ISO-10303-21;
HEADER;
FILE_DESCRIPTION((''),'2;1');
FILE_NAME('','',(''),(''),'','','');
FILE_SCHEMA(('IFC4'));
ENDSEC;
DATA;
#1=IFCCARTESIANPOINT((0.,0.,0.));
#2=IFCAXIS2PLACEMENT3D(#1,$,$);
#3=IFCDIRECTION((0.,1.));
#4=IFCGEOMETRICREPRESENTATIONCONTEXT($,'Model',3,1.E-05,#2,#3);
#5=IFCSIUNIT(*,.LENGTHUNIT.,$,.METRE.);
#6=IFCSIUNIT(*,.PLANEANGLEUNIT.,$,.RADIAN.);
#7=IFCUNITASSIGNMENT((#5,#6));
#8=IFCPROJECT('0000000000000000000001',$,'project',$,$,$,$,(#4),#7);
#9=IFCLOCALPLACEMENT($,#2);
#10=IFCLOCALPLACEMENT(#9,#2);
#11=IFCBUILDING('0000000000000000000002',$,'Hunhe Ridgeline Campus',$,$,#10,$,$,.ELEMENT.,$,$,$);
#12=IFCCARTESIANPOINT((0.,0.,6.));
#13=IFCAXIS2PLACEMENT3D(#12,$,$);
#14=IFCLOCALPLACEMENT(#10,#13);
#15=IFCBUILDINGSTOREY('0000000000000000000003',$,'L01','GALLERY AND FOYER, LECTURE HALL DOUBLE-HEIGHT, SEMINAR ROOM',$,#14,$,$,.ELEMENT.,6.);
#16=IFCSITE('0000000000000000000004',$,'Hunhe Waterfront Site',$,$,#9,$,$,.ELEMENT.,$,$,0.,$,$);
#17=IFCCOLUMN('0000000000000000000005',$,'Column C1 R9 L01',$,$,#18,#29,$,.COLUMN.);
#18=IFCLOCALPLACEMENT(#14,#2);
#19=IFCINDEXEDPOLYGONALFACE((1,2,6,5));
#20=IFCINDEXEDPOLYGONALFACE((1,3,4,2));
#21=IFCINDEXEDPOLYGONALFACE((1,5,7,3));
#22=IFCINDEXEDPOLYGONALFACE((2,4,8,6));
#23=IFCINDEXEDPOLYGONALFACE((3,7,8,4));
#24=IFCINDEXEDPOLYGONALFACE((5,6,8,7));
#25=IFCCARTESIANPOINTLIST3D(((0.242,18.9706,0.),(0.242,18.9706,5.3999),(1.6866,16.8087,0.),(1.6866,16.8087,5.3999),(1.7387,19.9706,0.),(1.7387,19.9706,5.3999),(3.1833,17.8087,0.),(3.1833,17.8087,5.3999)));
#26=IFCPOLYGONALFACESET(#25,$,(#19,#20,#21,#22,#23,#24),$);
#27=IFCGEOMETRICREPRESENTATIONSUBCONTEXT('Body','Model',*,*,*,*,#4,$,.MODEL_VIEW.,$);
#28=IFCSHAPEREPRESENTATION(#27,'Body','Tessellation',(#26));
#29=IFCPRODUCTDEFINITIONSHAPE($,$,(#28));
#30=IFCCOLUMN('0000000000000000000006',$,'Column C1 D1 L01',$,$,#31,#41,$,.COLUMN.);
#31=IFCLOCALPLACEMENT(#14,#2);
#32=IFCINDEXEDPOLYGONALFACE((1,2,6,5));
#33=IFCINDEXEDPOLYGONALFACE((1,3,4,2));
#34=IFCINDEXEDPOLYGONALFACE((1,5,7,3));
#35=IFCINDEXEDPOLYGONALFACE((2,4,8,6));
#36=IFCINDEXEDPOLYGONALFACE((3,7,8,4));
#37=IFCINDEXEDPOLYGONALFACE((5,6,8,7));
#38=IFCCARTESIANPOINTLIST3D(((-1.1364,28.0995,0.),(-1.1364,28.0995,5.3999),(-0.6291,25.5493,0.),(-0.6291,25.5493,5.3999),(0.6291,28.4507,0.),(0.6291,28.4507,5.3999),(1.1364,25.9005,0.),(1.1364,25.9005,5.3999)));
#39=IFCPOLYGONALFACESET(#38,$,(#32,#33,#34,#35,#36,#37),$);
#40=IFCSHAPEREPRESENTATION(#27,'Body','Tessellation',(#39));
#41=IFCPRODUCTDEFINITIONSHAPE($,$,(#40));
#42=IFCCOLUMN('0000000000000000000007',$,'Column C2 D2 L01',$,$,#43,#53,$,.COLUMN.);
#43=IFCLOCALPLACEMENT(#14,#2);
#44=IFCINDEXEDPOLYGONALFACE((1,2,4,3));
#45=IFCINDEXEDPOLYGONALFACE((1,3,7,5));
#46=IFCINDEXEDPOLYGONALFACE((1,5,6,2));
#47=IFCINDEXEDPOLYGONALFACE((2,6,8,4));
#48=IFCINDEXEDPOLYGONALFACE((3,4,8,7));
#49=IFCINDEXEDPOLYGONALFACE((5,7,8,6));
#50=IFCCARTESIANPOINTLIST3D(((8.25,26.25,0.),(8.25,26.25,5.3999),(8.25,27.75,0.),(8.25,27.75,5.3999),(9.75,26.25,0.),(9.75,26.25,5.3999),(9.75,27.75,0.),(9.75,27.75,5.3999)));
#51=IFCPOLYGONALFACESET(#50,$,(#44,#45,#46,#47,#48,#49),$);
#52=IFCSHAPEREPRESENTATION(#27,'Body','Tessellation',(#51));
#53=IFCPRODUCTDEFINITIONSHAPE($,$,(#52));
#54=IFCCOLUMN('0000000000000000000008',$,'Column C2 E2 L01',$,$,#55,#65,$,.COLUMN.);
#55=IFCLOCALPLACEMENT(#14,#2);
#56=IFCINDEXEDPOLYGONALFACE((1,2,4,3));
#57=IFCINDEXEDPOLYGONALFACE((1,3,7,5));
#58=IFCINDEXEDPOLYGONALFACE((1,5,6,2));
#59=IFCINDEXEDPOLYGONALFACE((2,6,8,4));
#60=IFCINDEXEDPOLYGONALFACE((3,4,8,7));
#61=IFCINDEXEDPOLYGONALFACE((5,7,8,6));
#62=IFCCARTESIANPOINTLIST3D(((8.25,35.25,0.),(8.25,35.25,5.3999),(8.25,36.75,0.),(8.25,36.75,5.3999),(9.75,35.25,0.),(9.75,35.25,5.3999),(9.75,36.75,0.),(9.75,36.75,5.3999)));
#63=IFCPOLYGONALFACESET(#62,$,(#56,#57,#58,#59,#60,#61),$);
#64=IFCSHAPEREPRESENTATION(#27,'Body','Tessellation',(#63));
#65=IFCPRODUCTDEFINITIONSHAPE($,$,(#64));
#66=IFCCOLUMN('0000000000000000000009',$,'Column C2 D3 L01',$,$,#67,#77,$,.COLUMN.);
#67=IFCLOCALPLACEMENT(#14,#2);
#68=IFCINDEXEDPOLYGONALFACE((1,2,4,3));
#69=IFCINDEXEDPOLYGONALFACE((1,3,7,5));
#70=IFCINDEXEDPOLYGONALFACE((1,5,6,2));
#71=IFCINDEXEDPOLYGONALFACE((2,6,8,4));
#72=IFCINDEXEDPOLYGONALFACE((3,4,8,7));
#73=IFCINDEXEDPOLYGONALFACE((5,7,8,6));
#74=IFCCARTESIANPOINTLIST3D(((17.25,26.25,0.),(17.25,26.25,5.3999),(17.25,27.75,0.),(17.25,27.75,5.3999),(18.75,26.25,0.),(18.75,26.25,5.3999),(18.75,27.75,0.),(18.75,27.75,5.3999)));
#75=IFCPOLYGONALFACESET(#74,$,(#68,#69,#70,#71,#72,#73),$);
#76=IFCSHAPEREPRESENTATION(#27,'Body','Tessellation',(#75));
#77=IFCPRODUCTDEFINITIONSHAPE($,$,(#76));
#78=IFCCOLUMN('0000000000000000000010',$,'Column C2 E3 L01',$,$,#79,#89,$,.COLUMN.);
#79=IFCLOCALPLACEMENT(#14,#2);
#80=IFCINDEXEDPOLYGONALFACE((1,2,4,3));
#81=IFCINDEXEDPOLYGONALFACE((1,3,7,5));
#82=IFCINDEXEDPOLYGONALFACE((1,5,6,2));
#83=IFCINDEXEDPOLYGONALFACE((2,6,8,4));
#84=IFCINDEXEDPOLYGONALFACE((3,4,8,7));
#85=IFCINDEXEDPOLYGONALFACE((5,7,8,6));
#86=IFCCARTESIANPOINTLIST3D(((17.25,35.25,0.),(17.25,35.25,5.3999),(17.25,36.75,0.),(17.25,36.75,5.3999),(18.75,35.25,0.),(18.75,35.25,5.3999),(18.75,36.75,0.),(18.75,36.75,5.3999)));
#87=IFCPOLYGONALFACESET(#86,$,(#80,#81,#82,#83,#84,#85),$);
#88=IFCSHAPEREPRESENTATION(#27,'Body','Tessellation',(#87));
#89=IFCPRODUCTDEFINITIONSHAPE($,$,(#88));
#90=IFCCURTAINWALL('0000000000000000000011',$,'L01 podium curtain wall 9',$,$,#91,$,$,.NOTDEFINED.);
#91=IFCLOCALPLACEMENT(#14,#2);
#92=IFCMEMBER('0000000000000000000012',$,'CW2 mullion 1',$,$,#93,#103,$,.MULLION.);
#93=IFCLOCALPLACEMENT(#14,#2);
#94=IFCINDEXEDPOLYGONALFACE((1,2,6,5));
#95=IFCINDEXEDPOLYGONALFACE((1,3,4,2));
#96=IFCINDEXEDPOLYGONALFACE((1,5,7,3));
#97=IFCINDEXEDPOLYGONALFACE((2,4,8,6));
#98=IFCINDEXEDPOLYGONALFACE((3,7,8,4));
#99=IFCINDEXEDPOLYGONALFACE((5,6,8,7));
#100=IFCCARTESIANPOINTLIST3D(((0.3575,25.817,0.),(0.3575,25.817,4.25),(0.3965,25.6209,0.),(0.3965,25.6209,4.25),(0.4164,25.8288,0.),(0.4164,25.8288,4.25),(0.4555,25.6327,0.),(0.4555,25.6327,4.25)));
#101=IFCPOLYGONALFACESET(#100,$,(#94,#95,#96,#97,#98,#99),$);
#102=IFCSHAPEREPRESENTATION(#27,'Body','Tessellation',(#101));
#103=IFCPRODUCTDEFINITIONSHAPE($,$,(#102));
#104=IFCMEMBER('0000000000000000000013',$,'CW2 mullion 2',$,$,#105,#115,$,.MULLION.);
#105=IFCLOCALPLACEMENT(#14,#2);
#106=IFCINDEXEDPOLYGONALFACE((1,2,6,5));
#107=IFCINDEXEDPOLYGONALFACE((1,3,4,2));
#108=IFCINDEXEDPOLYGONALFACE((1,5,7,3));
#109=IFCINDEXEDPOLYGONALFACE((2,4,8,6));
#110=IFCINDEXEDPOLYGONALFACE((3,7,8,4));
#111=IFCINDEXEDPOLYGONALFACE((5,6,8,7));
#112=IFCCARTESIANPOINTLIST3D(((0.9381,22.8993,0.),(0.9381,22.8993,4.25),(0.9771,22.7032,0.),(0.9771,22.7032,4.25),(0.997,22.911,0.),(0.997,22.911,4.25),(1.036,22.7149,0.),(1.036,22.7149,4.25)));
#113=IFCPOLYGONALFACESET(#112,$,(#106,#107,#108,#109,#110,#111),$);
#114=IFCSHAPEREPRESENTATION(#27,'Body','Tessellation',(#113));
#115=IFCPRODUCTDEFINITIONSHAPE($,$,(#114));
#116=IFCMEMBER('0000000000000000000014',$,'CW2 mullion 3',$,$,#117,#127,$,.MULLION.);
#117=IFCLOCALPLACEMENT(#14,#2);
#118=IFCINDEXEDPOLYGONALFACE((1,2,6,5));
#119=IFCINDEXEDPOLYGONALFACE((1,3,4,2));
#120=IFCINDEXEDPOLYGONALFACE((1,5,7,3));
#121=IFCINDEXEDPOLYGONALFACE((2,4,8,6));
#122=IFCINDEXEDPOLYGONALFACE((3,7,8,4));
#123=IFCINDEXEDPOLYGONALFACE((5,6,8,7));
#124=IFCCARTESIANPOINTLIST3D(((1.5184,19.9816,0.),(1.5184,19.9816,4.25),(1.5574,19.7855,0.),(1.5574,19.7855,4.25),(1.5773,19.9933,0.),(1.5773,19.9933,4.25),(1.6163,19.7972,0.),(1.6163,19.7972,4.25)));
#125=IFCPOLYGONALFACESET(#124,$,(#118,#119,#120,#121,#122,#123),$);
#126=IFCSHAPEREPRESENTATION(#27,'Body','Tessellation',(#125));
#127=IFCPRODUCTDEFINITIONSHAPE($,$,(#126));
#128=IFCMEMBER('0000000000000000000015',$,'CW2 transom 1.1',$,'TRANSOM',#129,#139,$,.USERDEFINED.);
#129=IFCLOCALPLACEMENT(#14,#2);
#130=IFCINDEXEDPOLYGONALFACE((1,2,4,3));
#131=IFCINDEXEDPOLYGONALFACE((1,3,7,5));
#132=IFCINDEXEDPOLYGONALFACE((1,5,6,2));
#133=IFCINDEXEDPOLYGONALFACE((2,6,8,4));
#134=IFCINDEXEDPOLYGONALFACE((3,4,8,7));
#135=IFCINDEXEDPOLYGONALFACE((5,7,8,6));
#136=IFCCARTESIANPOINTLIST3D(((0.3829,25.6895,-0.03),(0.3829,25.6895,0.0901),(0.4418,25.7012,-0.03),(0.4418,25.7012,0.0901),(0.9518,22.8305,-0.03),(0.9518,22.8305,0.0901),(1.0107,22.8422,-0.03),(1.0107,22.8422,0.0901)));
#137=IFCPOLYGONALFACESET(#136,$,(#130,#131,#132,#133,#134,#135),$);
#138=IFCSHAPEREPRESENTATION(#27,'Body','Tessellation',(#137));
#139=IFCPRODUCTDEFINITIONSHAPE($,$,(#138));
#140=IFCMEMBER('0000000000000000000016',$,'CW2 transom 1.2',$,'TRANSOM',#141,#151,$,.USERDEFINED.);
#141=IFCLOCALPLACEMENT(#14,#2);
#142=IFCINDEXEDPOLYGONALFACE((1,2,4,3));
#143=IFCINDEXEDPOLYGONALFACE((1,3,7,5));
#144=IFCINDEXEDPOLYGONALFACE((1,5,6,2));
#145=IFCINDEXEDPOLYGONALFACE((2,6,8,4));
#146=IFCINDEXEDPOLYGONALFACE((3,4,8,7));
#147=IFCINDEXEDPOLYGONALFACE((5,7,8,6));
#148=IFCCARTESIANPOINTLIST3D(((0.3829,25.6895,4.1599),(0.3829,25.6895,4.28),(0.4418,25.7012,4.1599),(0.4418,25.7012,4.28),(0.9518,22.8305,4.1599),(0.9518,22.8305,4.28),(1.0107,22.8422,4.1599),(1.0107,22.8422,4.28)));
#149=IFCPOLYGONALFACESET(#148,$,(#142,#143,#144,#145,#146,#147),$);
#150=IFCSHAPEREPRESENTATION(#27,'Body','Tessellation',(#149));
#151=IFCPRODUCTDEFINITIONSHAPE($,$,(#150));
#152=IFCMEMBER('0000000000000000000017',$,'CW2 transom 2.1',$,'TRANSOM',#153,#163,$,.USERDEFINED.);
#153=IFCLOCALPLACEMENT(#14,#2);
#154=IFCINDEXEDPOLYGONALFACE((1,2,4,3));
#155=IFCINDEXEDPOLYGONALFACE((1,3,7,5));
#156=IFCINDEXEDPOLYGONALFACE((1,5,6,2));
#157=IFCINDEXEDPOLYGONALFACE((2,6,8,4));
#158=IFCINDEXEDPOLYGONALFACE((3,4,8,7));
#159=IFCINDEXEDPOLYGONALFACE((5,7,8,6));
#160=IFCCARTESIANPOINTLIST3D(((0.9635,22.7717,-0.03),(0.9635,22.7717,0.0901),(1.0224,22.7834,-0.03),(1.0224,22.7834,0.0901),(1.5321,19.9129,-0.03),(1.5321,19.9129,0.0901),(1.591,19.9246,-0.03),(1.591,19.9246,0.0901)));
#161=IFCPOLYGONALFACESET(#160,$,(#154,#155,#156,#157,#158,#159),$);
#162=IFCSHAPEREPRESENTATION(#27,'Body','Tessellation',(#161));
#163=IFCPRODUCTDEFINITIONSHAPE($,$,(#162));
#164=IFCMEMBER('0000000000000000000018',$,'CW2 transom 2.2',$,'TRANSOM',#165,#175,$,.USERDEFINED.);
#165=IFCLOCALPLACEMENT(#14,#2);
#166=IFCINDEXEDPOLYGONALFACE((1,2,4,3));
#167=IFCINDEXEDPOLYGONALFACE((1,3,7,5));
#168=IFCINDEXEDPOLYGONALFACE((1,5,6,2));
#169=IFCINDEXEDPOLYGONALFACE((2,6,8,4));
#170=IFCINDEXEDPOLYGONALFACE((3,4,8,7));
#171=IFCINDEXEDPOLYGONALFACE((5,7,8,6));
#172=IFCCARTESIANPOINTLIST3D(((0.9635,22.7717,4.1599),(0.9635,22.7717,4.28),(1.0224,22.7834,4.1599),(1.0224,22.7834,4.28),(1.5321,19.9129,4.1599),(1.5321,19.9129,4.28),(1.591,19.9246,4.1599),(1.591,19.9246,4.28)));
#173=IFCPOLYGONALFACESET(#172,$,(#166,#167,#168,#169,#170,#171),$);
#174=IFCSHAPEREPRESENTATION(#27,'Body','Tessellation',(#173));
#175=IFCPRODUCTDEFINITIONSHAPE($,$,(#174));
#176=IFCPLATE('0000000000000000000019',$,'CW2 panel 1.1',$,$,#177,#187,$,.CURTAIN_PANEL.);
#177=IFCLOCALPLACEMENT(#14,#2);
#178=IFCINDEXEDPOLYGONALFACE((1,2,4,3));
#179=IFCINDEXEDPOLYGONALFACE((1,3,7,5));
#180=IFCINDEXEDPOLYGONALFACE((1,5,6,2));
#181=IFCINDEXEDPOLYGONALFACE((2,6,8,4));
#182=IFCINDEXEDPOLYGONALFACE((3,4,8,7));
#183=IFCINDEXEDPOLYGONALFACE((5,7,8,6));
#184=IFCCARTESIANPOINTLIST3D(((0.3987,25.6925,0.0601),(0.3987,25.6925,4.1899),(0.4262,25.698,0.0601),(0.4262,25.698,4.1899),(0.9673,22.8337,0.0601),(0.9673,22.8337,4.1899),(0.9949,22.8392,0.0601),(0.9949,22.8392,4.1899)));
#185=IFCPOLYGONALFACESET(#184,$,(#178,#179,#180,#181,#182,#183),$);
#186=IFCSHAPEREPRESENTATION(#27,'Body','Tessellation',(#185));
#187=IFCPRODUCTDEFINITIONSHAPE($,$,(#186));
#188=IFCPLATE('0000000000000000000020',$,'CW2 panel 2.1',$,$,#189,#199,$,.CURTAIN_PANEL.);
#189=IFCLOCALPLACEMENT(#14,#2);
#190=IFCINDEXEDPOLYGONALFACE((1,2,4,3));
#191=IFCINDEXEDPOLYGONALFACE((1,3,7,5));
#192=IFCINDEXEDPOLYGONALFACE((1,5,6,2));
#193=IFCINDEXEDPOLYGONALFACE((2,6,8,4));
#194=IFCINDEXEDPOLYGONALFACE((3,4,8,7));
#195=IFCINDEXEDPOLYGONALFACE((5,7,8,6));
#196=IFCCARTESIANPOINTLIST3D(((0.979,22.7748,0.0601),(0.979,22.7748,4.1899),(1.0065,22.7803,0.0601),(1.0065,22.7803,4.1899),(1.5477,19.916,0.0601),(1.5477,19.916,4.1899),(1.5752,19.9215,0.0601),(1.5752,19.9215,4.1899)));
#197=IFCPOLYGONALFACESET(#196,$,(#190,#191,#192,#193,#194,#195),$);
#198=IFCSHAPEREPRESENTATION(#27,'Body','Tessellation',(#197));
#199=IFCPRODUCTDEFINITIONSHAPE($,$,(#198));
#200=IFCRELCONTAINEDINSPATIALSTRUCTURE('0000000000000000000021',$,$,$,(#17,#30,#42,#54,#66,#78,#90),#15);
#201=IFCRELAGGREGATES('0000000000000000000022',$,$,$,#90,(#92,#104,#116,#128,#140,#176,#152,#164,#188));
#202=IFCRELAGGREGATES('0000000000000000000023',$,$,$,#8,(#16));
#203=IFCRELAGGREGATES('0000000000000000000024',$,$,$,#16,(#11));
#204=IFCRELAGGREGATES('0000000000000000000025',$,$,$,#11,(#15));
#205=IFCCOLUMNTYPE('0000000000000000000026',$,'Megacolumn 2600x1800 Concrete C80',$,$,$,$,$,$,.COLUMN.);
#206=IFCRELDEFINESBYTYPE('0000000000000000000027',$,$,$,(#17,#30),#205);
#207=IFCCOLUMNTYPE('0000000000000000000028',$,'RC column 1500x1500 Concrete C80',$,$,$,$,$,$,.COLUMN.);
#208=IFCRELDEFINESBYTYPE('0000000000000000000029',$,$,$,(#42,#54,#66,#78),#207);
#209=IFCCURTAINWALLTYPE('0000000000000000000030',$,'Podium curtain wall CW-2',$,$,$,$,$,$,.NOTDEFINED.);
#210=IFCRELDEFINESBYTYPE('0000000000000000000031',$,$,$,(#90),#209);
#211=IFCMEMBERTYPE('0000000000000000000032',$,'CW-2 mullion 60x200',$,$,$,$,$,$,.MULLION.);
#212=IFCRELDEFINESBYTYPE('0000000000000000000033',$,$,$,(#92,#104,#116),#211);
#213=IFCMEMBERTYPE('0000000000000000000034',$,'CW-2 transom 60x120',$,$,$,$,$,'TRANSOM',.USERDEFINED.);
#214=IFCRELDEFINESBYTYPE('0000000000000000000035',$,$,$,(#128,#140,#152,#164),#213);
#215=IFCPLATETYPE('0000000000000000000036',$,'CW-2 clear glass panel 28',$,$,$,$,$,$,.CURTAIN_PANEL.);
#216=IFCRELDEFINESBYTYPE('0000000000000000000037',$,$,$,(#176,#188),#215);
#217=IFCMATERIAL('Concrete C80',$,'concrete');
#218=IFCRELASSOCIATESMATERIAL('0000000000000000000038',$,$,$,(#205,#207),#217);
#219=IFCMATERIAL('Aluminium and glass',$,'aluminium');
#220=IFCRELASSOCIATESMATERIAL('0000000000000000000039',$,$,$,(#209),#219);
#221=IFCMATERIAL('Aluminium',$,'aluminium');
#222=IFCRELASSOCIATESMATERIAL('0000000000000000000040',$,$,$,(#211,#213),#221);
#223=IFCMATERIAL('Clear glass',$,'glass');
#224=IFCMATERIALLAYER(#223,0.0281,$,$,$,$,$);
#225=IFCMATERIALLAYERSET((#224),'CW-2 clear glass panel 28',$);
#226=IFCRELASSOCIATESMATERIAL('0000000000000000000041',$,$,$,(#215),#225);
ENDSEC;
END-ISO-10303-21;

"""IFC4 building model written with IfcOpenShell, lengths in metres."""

from ifc_helpers import new_model, si_unit, direction, frame, origin, origin_2d, place, context, subcontext, project, spatial, rectangle, extrude, material, layer, layer_set, material_profile, profile_set, type_object, element, aggregate, save


model = new_model("IFC4")

# Units and contexts
model_context = context("Model", 3, precision=1e-05, world=origin(), true_north=direction((0.0, 1.0)))
body_context = subcontext(model_context, "Body", "Model", "MODEL_VIEW")
ifc_project = project(units=[si_unit("LENGTHUNIT", "METRE"), si_unit("PLANEANGLEUNIT", "RADIAN")], contexts=[model_context])

# Site, building, storey
site_placement = place(None, origin())
site = spatial("IfcSite", under=ifc_project, at=site_placement, Name="Hunhe Waterfront Site", CompositionType="ELEMENT", RefElevation=0.0)
building_placement = place(site_placement, origin())
building = spatial("IfcBuilding", under=site, at=building_placement, Name="Hunhe Ridgeline Campus", CompositionType="ELEMENT")
storey_placement = place(building_placement, frame((0.0, 0.0, 6.0)))
storey = spatial("IfcBuildingStorey", under=building, at=storey_placement, Name="L01", Description="GALLERY AND FOYER, LECTURE HALL DOUBLE-HEIGHT, SEMINAR ROOM", CompositionType="ELEMENT", Elevation=6.0)

# Columns
ifc_material_1 = material(Name="Concrete C80", Category="concrete")
ifc_material_profile_1 = material_profile(ifc_material_1, rectangle(XDim=2.6001, YDim=1.8, at=origin_2d()))
ifc_profile_set_1 = profile_set([ifc_material_profile_1], Name="Concrete C80")
column_type_1 = type_object("IfcColumnType", Name="Megacolumn 2600x1800 Concrete C80", PredefinedType="COLUMN", material=ifc_profile_set_1)
for number, where, z_axis, x_axis, name in (
    (1, (1.7126, 18.3896, 0.0), (0.0, 0.0, 1.0), (-0.55557, 0.83147, 0.0), "Column C1 R9 L01"),
    (2, (0.0, 27.0, 0.0), (0.0, 0.0, 1.0), (-0.19509, 0.980785, 0.0), "Column C1 D1 L01"),
):
    element("IfcColumn", number, at=place(storey_placement, frame(where, z_axis=z_axis, x_axis=x_axis)), inside=storey, type_object=column_type_1, Name=name, PredefinedType="COLUMN", context=body_context, shape_type="SweptSolid", body=[
        extrude(rectangle(XDim=2.6001, YDim=1.8, at=origin_2d()), origin(), (0.0, 0.0, 1.0), 5.3999),
    ])
ifc_material_profile_2 = material_profile(ifc_material_1, rectangle(XDim=1.5, YDim=1.5, at=origin_2d()))
ifc_profile_set_2 = profile_set([ifc_material_profile_2], Name="Concrete C80")
column_type_2 = type_object("IfcColumnType", Name="RC column 1500x1500 Concrete C80", PredefinedType="COLUMN", material=ifc_profile_set_2)
for number, where, z_axis, x_axis, name in (
    (3, (9.0, 27.0, 0.0), (0.0, 0.0, 1.0), (1.0, 0.0, 0.0), "Column C2 D2 L01"),
    (4, (9.0, 36.0, 0.0), (0.0, 0.0, 1.0), (1.0, 0.0, 0.0), "Column C2 E2 L01"),
    (5, (18.0, 27.0, 0.0), (0.0, 0.0, 1.0), (1.0, 0.0, 0.0), "Column C2 D3 L01"),
    (6, (18.0, 36.0, 0.0), (0.0, 0.0, 1.0), (1.0, 0.0, 0.0), "Column C2 E3 L01"),
):
    element("IfcColumn", number, at=place(storey_placement, frame(where, z_axis=z_axis, x_axis=x_axis)), inside=storey, type_object=column_type_2, Name=name, PredefinedType="COLUMN", context=body_context, shape_type="SweptSolid", body=[
        extrude(rectangle(XDim=1.5, YDim=1.5, at=origin_2d()), origin(), (0.0, 0.0, 1.0), 5.3999),
    ])

# Curtain wall, members, plates
ifc_material_2 = material(Name="Aluminium and glass", Category="aluminium")
curtain_wall_type = type_object("IfcCurtainWallType", Name="Podium curtain wall CW-2", PredefinedType="NOTDEFINED", material=ifc_material_2)
curtain_wall_placement = place(storey_placement, origin())
curtain_wall = element("IfcCurtainWall", 7, at=curtain_wall_placement, inside=storey, type_object=curtain_wall_type, Name="L01 podium curtain wall 9", PredefinedType="NOTDEFINED")
ifc_material_3 = material(Name="Aluminium", Category="aluminium")
ifc_material_profile_3 = material_profile(ifc_material_3, rectangle(XDim=0.0601, YDim=0.2, at=origin_2d()))
ifc_profile_set_3 = profile_set([ifc_material_profile_3], Name="Aluminium")
member_type_1 = type_object("IfcMemberType", Name="CW-2 mullion 60x200", PredefinedType="MULLION", material=ifc_profile_set_3)
member_1_placement = place(storey_placement, frame((0.4065, 25.7249, 0.0), z_axis=(0.0, 0.0, 1.0), x_axis=(0.980784, 0.195098, 0.0)))
member_1 = element("IfcMember", 8, at=member_1_placement, type_object=member_type_1, Name="CW2 mullion 1", PredefinedType="MULLION", context=body_context, shape_type="SweptSolid", body=[
    extrude(rectangle(XDim=0.0601, YDim=0.2, at=origin_2d()), origin(), (0.0, 0.0, 1.0), 4.25),
])
member_2_placement = place(storey_placement, frame((0.9871, 22.8071, 0.0), z_axis=(0.0, 0.0, 1.0), x_axis=(0.980784, 0.195098, 0.0)))
member_2 = element("IfcMember", 9, at=member_2_placement, type_object=member_type_1, Name="CW2 mullion 2", PredefinedType="MULLION", context=body_context, shape_type="SweptSolid", body=[
    extrude(rectangle(XDim=0.0601, YDim=0.2, at=origin_2d()), origin(), (0.0, 0.0, 1.0), 4.25),
])
member_3_placement = place(storey_placement, frame((1.5674, 19.8894, 0.0), z_axis=(0.0, 0.0, 1.0), x_axis=(0.980784, 0.195098, 0.0)))
member_3 = element("IfcMember", 10, at=member_3_placement, type_object=member_type_1, Name="CW2 mullion 3", PredefinedType="MULLION", context=body_context, shape_type="SweptSolid", body=[
    extrude(rectangle(XDim=0.0601, YDim=0.2, at=origin_2d()), origin(), (0.0, 0.0, 1.0), 4.25),
])
ifc_material_profile_4 = material_profile(ifc_material_3, rectangle(XDim=0.0601, YDim=0.1201, at=origin_2d()))
ifc_profile_set_4 = profile_set([ifc_material_profile_4], Name="Aluminium")
member_type_2 = type_object("IfcMemberType", Name="CW-2 transom 60x120", ElementType="TRANSOM", PredefinedType="USERDEFINED", material=ifc_profile_set_4)
member_4_placement = place(storey_placement, frame((0.4124, 25.6953, 0.03), z_axis=(0.19515, -0.980773, 0.0), x_axis=(0.980773, 0.19515, 0.0)))
member_4 = element("IfcMember", 11, at=member_4_placement, type_object=member_type_2, Name="CW2 transom 1.1", ObjectType="TRANSOM", PredefinedType="USERDEFINED", context=body_context, shape_type="SweptSolid", body=[
    extrude(rectangle(XDim=0.0601, YDim=0.1201, at=origin_2d()), origin(), (0.0, 0.0, 1.0), 2.915),
])
member_5_placement = place(storey_placement, frame((0.4124, 25.6953, 4.22), z_axis=(0.19515, -0.980773, 0.0), x_axis=(0.980773, 0.19515, 0.0)))
member_5 = element("IfcMember", 12, at=member_5_placement, type_object=member_type_2, Name="CW2 transom 1.2", ObjectType="TRANSOM", PredefinedType="USERDEFINED", context=body_context, shape_type="SweptSolid", body=[
    extrude(rectangle(XDim=0.0601, YDim=0.1201, at=origin_2d()), origin(), (0.0, 0.0, 1.0), 2.915),
])
member_6_placement = place(storey_placement, frame((0.9929, 22.7776, 0.03), z_axis=(0.195069, -0.98079, 0.0), x_axis=(0.98079, 0.195069, 0.0)))
member_6 = element("IfcMember", 13, at=member_6_placement, type_object=member_type_2, Name="CW2 transom 2.1", ObjectType="TRANSOM", PredefinedType="USERDEFINED", context=body_context, shape_type="SweptSolid", body=[
    extrude(rectangle(XDim=0.0601, YDim=0.1201, at=origin_2d()), origin(), (0.0, 0.0, 1.0), 2.9148),
])
member_7_placement = place(storey_placement, frame((0.9929, 22.7776, 4.22), z_axis=(0.195069, -0.98079, 0.0), x_axis=(0.98079, 0.195069, 0.0)))
member_7 = element("IfcMember", 14, at=member_7_placement, type_object=member_type_2, Name="CW2 transom 2.2", ObjectType="TRANSOM", PredefinedType="USERDEFINED", context=body_context, shape_type="SweptSolid", body=[
    extrude(rectangle(XDim=0.0601, YDim=0.1201, at=origin_2d()), origin(), (0.0, 0.0, 1.0), 2.9148),
])
ifc_material_4 = material(Name="Clear glass", Category="glass")
ifc_layer_1 = layer(ifc_material_4, 0.0281)
ifc_layer_set_1 = layer_set([ifc_layer_1], Name="CW-2 clear glass panel 28")
plate_type = type_object("IfcPlateType", Name="CW-2 clear glass panel 28", PredefinedType="CURTAIN_PANEL", material=ifc_layer_set_1)
plate_1_placement = place(storey_placement, frame((0.6968, 24.2659, 0.0601), z_axis=(0.0, 0.0, 1.0), x_axis=(0.195098, -0.980784, 0.0)))
plate_1 = element("IfcPlate", 15, at=plate_1_placement, type_object=plate_type, Name="CW2 panel 1.1", PredefinedType="CURTAIN_PANEL", context=body_context, shape_type="SweptSolid", body=[
    extrude(rectangle(XDim=2.9148, YDim=0.0281, at=origin_2d()), origin(), (0.0, 0.0, 1.0), 4.1299),
])
plate_2_placement = place(storey_placement, frame((1.2771, 21.3481, 0.0601), z_axis=(0.0, 0.0, 1.0), x_axis=(0.195098, -0.980784, 0.0)))
plate_2 = element("IfcPlate", 16, at=plate_2_placement, type_object=plate_type, Name="CW2 panel 2.1", PredefinedType="CURTAIN_PANEL", context=body_context, shape_type="SweptSolid", body=[
    extrude(rectangle(XDim=2.9148, YDim=0.0281, at=origin_2d()), origin(), (0.0, 0.0, 1.0), 4.1299),
])
aggregate(curtain_wall, [member_1, member_2, member_3, member_4, member_5, plate_1, member_6, member_7, plate_2])

save(model, "model.ifc")
